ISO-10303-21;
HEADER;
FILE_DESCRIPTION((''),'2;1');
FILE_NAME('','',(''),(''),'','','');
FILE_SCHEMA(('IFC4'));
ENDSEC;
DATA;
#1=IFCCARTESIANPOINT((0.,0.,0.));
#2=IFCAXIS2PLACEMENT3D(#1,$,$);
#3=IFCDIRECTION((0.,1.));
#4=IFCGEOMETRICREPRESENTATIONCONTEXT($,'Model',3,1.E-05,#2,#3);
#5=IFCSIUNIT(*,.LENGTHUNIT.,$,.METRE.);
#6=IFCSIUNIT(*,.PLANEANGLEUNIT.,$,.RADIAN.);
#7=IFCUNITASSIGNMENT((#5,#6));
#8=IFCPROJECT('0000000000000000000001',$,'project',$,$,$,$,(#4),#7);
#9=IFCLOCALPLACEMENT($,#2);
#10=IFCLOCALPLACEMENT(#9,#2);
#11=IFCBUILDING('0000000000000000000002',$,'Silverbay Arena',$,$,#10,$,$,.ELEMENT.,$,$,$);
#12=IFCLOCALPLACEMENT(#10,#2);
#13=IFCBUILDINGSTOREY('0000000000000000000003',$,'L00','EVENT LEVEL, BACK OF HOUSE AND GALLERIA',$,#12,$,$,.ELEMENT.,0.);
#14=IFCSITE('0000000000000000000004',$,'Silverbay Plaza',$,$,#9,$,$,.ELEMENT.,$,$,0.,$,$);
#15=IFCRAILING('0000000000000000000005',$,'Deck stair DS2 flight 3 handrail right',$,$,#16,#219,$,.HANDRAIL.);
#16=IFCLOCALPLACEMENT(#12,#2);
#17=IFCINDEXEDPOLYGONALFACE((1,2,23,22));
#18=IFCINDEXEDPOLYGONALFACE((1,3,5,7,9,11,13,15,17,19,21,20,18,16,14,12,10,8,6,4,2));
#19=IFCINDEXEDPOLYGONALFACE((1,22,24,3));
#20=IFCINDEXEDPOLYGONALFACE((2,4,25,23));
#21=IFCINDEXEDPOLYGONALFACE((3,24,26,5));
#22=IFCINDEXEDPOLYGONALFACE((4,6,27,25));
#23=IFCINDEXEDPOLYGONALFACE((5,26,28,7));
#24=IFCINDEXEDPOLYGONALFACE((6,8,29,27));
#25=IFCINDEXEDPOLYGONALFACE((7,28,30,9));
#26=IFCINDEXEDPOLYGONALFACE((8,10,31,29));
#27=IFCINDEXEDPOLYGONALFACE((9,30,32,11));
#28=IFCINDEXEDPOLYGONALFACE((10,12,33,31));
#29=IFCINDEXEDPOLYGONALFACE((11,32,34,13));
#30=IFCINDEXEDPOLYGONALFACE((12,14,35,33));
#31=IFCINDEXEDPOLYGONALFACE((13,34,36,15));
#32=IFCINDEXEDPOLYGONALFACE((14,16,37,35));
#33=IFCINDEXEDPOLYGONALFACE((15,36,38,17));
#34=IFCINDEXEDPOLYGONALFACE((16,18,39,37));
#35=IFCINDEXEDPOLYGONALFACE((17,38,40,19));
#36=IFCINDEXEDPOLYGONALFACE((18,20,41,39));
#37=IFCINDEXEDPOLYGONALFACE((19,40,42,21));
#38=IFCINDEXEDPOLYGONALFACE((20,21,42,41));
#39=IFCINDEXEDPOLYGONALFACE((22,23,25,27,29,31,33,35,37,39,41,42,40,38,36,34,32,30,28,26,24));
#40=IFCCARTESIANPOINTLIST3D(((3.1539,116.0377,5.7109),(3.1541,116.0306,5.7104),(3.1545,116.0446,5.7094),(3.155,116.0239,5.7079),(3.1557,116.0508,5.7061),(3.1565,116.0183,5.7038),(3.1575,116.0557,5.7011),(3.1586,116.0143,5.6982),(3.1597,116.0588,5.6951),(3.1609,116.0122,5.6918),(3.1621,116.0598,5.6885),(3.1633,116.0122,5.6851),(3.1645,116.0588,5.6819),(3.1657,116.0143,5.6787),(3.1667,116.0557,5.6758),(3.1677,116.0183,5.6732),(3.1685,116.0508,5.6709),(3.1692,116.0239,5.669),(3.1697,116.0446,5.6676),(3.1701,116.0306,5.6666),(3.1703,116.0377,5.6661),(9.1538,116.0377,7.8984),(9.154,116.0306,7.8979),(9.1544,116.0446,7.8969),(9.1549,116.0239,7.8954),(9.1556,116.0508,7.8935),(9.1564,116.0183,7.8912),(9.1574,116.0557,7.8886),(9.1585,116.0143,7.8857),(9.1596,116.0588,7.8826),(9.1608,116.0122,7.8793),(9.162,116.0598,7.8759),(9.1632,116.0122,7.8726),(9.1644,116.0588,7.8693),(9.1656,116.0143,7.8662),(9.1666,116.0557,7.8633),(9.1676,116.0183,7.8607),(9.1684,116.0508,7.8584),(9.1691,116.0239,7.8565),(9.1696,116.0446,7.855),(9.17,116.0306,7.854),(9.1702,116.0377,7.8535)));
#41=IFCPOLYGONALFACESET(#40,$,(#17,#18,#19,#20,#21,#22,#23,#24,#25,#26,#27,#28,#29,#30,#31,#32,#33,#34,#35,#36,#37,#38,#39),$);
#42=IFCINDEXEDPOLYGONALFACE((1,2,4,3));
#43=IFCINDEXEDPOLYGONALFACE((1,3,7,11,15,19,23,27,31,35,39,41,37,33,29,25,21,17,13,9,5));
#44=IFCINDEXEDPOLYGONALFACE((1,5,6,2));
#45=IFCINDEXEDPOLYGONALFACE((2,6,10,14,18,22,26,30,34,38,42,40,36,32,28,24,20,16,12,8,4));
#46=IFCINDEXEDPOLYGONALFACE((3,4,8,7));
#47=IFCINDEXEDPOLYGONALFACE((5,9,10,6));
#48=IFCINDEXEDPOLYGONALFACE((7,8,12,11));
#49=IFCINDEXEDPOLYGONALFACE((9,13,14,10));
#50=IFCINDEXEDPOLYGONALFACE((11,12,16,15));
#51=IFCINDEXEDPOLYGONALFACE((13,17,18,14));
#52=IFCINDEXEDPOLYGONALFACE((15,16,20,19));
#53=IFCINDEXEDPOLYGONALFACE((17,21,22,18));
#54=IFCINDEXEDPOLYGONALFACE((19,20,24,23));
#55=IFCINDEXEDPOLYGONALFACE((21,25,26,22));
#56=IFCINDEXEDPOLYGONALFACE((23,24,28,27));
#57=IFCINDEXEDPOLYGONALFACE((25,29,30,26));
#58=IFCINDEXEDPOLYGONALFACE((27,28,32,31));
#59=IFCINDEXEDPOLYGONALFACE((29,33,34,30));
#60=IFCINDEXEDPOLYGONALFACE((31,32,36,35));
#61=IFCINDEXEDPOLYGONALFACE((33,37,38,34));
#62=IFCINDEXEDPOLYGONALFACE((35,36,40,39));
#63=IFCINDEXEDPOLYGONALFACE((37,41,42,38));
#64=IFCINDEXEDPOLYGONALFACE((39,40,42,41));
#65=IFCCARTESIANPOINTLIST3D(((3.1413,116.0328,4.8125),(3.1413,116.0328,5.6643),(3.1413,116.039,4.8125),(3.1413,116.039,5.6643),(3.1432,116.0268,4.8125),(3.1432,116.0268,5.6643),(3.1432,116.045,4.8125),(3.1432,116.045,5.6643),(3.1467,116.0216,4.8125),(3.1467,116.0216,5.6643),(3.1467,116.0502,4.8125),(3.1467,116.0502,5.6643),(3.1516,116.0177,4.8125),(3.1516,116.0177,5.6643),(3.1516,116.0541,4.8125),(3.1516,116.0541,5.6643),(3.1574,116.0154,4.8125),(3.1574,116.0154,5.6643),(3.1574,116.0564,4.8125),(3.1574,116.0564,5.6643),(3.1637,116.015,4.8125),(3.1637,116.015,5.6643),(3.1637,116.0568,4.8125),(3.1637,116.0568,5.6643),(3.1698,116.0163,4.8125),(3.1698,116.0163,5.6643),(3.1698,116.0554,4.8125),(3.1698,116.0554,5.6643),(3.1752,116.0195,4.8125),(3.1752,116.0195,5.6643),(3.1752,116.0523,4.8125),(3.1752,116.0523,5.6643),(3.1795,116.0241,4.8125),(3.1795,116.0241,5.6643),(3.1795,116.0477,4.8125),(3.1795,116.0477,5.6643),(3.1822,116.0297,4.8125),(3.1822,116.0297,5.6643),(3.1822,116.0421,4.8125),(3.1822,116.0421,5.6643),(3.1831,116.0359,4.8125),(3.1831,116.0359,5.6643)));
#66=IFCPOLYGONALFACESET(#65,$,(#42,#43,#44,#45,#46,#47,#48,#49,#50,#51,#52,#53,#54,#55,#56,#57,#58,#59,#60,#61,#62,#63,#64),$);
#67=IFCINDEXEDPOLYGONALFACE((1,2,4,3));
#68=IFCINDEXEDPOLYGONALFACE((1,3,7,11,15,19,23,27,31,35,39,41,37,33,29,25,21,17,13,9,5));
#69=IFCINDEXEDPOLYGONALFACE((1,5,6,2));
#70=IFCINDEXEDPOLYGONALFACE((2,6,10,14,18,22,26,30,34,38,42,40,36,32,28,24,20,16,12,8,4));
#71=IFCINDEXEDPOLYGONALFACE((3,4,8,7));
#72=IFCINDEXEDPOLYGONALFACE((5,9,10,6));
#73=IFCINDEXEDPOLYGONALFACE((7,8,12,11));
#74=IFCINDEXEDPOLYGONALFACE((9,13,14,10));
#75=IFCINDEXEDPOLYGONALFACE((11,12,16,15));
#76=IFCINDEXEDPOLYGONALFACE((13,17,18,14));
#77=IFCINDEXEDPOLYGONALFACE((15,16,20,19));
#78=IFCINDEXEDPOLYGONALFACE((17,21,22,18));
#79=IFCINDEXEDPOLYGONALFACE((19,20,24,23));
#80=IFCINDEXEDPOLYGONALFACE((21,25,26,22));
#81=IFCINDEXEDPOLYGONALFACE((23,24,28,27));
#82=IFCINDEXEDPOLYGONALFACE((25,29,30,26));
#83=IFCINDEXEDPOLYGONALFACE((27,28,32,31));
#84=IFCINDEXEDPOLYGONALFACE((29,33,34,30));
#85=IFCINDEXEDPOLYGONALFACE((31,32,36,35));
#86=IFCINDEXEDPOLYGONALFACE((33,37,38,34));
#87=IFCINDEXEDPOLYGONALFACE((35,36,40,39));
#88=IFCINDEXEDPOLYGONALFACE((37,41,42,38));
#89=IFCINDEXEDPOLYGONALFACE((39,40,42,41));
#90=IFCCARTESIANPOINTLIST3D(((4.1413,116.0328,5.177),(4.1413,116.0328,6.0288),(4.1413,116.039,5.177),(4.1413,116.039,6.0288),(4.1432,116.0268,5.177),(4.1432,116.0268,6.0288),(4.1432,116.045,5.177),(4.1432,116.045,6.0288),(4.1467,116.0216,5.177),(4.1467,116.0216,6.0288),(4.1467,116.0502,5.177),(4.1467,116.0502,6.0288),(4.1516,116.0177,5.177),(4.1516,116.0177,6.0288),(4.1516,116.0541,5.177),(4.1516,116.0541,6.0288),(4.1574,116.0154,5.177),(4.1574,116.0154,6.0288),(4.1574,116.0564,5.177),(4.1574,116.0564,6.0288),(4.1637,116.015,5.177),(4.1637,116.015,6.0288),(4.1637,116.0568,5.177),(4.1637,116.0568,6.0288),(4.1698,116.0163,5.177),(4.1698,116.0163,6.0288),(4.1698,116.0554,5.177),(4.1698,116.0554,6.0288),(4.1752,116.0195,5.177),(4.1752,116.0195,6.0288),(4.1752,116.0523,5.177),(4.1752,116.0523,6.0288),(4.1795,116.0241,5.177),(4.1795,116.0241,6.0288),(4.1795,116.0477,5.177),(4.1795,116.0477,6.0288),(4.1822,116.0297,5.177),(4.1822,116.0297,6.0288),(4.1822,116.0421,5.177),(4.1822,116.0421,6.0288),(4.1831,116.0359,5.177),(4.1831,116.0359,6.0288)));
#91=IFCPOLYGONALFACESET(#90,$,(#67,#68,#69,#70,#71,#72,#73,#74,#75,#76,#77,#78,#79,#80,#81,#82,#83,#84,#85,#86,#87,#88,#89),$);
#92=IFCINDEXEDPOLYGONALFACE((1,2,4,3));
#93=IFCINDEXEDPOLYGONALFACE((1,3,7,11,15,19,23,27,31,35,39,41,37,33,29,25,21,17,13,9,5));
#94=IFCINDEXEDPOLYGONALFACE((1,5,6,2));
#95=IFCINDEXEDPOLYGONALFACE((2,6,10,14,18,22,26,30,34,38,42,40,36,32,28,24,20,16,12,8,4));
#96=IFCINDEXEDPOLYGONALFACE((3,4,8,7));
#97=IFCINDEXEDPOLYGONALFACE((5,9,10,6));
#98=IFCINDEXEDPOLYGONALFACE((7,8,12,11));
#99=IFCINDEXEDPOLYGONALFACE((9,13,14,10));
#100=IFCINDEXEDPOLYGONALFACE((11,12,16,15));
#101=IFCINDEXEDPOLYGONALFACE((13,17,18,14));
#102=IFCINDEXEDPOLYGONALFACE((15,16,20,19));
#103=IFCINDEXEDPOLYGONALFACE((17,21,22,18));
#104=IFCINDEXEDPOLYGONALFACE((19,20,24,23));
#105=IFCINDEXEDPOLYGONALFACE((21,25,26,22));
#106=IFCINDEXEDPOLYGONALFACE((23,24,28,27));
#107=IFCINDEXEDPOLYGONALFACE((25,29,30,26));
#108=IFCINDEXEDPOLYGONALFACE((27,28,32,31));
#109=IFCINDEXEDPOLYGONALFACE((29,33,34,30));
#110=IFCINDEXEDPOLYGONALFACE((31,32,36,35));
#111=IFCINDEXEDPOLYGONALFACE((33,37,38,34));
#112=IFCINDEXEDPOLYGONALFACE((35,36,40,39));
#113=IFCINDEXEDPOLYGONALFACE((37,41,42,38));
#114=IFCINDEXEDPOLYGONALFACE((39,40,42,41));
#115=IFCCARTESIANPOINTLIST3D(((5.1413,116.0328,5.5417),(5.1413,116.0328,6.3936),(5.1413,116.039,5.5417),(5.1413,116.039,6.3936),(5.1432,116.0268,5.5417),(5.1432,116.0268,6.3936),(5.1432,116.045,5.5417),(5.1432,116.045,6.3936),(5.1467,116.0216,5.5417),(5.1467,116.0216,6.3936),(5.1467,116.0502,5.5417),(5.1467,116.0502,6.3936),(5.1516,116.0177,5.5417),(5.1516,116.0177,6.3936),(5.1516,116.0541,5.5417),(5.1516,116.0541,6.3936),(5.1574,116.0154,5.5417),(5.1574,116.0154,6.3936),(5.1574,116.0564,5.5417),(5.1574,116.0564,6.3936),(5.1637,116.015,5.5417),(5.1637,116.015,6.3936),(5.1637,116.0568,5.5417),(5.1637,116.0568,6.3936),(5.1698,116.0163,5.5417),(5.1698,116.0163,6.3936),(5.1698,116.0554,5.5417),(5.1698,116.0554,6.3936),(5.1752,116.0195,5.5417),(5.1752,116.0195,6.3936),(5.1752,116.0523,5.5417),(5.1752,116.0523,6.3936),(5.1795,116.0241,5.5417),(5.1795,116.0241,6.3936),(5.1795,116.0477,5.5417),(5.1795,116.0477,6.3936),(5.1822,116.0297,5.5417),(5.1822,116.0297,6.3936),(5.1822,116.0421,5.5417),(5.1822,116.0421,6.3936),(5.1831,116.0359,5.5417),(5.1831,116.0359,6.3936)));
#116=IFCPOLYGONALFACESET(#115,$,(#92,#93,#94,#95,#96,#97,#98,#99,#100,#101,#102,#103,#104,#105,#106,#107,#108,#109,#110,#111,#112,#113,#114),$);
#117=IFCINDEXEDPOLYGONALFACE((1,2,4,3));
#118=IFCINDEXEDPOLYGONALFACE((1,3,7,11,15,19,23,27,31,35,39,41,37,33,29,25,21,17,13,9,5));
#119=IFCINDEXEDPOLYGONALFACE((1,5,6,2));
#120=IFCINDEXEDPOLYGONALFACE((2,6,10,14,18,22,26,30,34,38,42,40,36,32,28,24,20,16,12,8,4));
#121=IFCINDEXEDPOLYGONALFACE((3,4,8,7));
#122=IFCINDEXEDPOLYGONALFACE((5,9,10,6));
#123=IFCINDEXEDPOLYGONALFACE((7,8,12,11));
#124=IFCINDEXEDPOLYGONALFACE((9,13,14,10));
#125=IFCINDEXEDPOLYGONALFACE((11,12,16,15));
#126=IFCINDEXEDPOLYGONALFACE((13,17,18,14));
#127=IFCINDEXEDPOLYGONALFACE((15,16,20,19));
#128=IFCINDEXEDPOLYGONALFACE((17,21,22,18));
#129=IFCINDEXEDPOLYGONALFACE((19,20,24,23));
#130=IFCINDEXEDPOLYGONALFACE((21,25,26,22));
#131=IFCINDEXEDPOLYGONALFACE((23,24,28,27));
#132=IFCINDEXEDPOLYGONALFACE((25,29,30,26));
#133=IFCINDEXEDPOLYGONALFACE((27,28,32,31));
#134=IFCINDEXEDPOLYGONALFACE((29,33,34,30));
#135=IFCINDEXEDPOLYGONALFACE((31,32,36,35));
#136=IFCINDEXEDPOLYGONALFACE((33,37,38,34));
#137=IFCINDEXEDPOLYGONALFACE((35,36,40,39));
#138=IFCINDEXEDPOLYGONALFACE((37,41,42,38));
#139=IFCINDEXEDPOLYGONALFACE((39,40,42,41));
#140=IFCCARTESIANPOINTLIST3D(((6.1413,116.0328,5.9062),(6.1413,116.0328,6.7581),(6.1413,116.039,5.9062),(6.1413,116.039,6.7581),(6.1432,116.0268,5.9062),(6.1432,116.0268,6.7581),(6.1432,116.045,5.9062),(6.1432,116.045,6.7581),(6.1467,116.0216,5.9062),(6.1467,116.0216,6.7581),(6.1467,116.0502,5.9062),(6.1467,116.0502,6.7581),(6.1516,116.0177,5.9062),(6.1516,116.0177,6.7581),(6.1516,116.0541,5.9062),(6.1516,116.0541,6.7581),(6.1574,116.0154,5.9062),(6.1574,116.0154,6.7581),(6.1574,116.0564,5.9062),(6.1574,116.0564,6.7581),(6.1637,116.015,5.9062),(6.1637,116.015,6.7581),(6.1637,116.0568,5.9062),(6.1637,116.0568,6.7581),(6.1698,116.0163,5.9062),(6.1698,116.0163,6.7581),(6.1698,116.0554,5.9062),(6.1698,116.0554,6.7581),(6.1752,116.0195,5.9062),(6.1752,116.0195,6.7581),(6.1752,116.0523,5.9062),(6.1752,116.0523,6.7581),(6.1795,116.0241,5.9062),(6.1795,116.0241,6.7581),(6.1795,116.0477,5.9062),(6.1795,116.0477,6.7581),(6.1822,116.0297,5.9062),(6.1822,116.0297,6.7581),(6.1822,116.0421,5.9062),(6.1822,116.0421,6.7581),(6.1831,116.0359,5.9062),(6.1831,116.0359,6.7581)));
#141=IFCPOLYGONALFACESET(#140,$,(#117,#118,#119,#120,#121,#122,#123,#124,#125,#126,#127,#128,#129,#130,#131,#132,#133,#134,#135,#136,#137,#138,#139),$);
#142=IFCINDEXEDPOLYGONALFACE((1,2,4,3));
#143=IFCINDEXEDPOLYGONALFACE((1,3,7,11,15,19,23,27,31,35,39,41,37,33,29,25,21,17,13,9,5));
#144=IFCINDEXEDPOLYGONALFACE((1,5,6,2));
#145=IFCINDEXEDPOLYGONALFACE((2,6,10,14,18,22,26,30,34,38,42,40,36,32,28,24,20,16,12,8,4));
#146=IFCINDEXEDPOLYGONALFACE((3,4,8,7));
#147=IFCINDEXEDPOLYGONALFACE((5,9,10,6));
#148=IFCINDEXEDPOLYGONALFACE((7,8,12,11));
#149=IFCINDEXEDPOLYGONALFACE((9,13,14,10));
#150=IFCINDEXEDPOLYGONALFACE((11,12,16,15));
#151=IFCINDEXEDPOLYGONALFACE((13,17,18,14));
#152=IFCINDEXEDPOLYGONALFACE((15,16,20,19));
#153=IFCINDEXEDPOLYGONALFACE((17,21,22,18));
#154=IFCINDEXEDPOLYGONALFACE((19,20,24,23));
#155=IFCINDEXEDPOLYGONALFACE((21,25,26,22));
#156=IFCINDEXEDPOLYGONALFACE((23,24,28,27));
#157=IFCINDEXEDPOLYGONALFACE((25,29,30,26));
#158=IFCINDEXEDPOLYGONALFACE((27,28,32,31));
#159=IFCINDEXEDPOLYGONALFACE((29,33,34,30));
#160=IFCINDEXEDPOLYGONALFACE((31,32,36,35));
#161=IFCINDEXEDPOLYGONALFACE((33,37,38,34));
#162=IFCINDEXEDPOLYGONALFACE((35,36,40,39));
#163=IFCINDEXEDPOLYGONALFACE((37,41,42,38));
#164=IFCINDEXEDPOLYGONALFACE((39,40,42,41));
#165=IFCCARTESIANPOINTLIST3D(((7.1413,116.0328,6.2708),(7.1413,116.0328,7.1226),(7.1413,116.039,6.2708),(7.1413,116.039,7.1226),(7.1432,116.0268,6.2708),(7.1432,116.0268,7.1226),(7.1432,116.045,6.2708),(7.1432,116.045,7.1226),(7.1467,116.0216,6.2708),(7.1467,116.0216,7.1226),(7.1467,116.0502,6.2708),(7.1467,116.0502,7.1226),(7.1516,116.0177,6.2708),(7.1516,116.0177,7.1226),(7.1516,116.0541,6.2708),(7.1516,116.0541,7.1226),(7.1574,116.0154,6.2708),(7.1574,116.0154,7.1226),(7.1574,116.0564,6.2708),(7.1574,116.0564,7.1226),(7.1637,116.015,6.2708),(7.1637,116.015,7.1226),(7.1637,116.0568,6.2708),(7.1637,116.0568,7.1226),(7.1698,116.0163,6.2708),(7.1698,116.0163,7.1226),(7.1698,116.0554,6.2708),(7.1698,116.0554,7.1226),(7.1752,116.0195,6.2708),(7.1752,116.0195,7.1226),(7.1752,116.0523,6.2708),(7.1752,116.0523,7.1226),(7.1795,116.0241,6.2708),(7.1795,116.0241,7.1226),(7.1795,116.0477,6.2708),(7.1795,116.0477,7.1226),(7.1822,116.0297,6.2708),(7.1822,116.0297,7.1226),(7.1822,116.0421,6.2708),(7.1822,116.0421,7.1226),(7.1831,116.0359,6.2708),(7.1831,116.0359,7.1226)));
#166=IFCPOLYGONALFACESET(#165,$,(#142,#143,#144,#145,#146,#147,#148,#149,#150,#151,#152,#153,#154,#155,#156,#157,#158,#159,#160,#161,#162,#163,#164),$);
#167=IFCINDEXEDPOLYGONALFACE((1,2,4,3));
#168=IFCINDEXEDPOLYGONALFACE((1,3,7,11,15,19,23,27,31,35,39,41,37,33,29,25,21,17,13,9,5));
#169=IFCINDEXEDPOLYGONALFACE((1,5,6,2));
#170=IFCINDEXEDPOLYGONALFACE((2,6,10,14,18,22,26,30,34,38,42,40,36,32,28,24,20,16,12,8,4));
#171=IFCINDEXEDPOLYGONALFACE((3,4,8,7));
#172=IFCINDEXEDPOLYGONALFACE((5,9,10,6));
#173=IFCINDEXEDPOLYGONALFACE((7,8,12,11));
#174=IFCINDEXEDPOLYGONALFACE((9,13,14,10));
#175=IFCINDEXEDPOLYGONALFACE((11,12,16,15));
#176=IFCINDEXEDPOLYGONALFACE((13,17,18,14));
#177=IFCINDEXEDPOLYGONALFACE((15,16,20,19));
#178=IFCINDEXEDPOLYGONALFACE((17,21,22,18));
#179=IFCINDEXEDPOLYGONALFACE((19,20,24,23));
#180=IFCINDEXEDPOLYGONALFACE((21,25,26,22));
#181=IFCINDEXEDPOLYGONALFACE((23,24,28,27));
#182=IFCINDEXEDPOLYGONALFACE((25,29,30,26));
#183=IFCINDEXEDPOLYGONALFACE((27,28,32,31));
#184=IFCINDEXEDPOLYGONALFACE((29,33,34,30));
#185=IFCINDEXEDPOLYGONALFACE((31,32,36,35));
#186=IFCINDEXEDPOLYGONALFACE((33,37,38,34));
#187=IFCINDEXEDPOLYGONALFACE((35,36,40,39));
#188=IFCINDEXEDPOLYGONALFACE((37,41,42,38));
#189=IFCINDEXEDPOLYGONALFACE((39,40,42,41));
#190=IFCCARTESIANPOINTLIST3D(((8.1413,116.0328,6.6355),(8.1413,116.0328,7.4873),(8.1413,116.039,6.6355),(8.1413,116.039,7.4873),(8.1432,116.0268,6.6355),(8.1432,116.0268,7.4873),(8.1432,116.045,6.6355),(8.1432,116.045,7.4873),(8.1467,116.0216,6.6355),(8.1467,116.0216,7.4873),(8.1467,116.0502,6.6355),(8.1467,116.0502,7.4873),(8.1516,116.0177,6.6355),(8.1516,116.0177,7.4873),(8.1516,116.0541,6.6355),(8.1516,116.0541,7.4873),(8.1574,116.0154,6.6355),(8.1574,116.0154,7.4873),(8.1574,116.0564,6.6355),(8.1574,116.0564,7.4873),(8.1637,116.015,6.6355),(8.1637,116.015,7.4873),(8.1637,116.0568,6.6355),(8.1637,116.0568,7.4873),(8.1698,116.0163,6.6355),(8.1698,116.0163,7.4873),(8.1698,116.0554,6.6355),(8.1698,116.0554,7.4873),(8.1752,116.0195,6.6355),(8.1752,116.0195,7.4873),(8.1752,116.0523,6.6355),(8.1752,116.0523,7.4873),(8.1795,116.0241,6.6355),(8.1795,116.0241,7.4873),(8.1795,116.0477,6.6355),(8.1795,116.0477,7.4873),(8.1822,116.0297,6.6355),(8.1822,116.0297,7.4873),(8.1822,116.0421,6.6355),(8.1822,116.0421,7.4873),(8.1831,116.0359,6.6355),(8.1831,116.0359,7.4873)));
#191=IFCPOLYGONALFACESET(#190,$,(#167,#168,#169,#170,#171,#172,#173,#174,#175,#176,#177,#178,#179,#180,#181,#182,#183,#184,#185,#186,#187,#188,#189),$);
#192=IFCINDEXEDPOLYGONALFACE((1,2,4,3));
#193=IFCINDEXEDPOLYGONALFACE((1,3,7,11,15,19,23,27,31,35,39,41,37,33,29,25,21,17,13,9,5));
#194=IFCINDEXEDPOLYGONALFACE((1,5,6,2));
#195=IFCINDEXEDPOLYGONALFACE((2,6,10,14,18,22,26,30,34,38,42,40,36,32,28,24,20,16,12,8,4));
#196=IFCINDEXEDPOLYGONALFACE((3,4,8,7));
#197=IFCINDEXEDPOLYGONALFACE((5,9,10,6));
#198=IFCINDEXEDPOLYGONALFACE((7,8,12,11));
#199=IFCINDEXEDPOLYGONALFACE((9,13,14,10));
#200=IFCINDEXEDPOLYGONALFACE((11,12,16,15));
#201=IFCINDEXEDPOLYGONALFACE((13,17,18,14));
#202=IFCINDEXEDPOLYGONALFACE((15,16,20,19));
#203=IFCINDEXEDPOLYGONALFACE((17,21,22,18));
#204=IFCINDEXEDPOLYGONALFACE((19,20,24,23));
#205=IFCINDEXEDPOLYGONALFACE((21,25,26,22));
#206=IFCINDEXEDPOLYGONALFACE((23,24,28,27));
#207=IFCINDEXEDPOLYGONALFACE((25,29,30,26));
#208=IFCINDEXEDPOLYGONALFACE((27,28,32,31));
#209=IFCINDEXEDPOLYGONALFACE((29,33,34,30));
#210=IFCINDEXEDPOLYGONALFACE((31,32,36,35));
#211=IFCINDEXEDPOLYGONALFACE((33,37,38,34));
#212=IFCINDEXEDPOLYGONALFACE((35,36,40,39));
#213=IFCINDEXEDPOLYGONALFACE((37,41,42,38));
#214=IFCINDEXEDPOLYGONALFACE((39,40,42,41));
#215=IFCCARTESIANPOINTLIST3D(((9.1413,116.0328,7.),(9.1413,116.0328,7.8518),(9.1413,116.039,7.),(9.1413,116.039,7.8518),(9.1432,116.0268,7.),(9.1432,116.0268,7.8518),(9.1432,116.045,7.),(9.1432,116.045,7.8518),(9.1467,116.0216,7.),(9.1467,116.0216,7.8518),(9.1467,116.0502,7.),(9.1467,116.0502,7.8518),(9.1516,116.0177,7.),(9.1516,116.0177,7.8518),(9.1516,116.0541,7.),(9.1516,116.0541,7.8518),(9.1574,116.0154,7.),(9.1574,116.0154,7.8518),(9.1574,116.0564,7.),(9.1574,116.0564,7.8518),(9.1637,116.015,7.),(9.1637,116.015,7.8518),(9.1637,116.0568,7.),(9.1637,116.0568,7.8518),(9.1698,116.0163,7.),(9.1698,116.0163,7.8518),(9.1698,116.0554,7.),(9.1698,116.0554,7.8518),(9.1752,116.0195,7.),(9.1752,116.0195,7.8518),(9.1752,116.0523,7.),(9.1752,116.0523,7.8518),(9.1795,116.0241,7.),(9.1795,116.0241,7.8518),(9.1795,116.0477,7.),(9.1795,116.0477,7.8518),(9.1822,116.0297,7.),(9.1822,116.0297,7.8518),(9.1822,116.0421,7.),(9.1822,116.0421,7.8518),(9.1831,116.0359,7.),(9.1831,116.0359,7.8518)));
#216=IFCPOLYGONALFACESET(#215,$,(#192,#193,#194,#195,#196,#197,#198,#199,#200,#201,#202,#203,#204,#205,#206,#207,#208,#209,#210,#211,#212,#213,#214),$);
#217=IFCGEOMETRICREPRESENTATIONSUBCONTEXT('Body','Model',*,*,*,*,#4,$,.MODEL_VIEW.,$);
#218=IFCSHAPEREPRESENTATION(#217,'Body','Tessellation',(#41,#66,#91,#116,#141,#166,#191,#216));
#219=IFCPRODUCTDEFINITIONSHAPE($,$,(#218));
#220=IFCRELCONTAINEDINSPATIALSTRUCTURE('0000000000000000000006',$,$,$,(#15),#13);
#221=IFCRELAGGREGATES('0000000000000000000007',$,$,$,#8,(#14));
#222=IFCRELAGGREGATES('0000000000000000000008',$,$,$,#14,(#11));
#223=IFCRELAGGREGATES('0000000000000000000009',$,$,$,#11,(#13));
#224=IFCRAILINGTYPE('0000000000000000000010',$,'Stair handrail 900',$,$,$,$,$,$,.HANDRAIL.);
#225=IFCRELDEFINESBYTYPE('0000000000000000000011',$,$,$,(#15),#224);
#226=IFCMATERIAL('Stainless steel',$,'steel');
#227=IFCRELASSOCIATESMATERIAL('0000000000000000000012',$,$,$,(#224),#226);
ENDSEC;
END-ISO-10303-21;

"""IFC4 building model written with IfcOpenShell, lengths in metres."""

from ifc_helpers import new_model, si_unit, direction, frame, origin, origin_2d, place, context, subcontext, project, spatial, circle, extrude, material, type_object, element, save


model = new_model("IFC4")

# Units and contexts
model_context = context("Model", 3, precision=1e-05, world=origin(), true_north=direction((0.0, 1.0)))
body_context = subcontext(model_context, "Body", "Model", "MODEL_VIEW")
ifc_project = project(units=[si_unit("LENGTHUNIT", "METRE"), si_unit("PLANEANGLEUNIT", "RADIAN")], contexts=[model_context])

# Site, building, storey
site_placement = place(None, origin())
site = spatial("IfcSite", under=ifc_project, at=site_placement, Name="Silverbay Plaza", CompositionType="ELEMENT", RefElevation=0.0)
building_placement = place(site_placement, origin())
building = spatial("IfcBuilding", under=site, at=building_placement, Name="Silverbay Arena", CompositionType="ELEMENT")
storey_placement = place(building_placement, origin())
storey = spatial("IfcBuildingStorey", under=building, at=storey_placement, Name="L00", Description="EVENT LEVEL, BACK OF HOUSE AND GALLERIA", CompositionType="ELEMENT", Elevation=0.0)

# Railing
ifc_material_1 = material(Name="Stainless steel", Category="steel")
railing_type_1 = type_object("IfcRailingType", Name="Stair handrail 900", PredefinedType="HANDRAIL", material=ifc_material_1)
for number, where, name in (
    (1, (3.1621, 116.0359, 4.8125), "Deck stair DS2 flight 3 handrail right"),
):
    element("IfcRailing", number, at=place(storey_placement, frame(where)), inside=storey, type_object=railing_type_1, Name=name, PredefinedType="HANDRAIL", context=body_context, shape_type="SweptSolid", body=[
        extrude(circle(Radius=0.0239, at=origin_2d()), frame((0.0, 0.0, 0.876), z_axis=(0.939507, 0.0, 0.342529), x_axis=(0.0, 1.0, 0.0)), (0.0, 0.0, 1.0), 6.3862),
        extrude(circle(Radius=0.021, at=origin_2d()), origin(), (0.0, 0.0, 1.0), 0.8518),
        extrude(circle(Radius=0.021, at=origin_2d()), frame((1.0, 0.0, 0.3645)), (0.0, 0.0, 1.0), 0.8518),
        extrude(circle(Radius=0.021, at=origin_2d()), frame((2.0, 0.0, 0.7292)), (0.0, 0.0, 1.0), 0.8518),
        extrude(circle(Radius=0.021, at=origin_2d()), frame((3.0, 0.0, 1.0938)), (0.0, 0.0, 1.0), 0.8518),
        extrude(circle(Radius=0.021, at=origin_2d()), frame((4.0, 0.0, 1.4583)), (0.0, 0.0, 1.0), 0.8518),
        extrude(circle(Radius=0.021, at=origin_2d()), frame((5.0, 0.0, 1.823)), (0.0, 0.0, 1.0), 0.8518),
        extrude(circle(Radius=0.021, at=origin_2d()), frame((6.0, 0.0, 2.1875)), (0.0, 0.0, 1.0), 0.8518),
    ])

save(model, "model.ifc")
